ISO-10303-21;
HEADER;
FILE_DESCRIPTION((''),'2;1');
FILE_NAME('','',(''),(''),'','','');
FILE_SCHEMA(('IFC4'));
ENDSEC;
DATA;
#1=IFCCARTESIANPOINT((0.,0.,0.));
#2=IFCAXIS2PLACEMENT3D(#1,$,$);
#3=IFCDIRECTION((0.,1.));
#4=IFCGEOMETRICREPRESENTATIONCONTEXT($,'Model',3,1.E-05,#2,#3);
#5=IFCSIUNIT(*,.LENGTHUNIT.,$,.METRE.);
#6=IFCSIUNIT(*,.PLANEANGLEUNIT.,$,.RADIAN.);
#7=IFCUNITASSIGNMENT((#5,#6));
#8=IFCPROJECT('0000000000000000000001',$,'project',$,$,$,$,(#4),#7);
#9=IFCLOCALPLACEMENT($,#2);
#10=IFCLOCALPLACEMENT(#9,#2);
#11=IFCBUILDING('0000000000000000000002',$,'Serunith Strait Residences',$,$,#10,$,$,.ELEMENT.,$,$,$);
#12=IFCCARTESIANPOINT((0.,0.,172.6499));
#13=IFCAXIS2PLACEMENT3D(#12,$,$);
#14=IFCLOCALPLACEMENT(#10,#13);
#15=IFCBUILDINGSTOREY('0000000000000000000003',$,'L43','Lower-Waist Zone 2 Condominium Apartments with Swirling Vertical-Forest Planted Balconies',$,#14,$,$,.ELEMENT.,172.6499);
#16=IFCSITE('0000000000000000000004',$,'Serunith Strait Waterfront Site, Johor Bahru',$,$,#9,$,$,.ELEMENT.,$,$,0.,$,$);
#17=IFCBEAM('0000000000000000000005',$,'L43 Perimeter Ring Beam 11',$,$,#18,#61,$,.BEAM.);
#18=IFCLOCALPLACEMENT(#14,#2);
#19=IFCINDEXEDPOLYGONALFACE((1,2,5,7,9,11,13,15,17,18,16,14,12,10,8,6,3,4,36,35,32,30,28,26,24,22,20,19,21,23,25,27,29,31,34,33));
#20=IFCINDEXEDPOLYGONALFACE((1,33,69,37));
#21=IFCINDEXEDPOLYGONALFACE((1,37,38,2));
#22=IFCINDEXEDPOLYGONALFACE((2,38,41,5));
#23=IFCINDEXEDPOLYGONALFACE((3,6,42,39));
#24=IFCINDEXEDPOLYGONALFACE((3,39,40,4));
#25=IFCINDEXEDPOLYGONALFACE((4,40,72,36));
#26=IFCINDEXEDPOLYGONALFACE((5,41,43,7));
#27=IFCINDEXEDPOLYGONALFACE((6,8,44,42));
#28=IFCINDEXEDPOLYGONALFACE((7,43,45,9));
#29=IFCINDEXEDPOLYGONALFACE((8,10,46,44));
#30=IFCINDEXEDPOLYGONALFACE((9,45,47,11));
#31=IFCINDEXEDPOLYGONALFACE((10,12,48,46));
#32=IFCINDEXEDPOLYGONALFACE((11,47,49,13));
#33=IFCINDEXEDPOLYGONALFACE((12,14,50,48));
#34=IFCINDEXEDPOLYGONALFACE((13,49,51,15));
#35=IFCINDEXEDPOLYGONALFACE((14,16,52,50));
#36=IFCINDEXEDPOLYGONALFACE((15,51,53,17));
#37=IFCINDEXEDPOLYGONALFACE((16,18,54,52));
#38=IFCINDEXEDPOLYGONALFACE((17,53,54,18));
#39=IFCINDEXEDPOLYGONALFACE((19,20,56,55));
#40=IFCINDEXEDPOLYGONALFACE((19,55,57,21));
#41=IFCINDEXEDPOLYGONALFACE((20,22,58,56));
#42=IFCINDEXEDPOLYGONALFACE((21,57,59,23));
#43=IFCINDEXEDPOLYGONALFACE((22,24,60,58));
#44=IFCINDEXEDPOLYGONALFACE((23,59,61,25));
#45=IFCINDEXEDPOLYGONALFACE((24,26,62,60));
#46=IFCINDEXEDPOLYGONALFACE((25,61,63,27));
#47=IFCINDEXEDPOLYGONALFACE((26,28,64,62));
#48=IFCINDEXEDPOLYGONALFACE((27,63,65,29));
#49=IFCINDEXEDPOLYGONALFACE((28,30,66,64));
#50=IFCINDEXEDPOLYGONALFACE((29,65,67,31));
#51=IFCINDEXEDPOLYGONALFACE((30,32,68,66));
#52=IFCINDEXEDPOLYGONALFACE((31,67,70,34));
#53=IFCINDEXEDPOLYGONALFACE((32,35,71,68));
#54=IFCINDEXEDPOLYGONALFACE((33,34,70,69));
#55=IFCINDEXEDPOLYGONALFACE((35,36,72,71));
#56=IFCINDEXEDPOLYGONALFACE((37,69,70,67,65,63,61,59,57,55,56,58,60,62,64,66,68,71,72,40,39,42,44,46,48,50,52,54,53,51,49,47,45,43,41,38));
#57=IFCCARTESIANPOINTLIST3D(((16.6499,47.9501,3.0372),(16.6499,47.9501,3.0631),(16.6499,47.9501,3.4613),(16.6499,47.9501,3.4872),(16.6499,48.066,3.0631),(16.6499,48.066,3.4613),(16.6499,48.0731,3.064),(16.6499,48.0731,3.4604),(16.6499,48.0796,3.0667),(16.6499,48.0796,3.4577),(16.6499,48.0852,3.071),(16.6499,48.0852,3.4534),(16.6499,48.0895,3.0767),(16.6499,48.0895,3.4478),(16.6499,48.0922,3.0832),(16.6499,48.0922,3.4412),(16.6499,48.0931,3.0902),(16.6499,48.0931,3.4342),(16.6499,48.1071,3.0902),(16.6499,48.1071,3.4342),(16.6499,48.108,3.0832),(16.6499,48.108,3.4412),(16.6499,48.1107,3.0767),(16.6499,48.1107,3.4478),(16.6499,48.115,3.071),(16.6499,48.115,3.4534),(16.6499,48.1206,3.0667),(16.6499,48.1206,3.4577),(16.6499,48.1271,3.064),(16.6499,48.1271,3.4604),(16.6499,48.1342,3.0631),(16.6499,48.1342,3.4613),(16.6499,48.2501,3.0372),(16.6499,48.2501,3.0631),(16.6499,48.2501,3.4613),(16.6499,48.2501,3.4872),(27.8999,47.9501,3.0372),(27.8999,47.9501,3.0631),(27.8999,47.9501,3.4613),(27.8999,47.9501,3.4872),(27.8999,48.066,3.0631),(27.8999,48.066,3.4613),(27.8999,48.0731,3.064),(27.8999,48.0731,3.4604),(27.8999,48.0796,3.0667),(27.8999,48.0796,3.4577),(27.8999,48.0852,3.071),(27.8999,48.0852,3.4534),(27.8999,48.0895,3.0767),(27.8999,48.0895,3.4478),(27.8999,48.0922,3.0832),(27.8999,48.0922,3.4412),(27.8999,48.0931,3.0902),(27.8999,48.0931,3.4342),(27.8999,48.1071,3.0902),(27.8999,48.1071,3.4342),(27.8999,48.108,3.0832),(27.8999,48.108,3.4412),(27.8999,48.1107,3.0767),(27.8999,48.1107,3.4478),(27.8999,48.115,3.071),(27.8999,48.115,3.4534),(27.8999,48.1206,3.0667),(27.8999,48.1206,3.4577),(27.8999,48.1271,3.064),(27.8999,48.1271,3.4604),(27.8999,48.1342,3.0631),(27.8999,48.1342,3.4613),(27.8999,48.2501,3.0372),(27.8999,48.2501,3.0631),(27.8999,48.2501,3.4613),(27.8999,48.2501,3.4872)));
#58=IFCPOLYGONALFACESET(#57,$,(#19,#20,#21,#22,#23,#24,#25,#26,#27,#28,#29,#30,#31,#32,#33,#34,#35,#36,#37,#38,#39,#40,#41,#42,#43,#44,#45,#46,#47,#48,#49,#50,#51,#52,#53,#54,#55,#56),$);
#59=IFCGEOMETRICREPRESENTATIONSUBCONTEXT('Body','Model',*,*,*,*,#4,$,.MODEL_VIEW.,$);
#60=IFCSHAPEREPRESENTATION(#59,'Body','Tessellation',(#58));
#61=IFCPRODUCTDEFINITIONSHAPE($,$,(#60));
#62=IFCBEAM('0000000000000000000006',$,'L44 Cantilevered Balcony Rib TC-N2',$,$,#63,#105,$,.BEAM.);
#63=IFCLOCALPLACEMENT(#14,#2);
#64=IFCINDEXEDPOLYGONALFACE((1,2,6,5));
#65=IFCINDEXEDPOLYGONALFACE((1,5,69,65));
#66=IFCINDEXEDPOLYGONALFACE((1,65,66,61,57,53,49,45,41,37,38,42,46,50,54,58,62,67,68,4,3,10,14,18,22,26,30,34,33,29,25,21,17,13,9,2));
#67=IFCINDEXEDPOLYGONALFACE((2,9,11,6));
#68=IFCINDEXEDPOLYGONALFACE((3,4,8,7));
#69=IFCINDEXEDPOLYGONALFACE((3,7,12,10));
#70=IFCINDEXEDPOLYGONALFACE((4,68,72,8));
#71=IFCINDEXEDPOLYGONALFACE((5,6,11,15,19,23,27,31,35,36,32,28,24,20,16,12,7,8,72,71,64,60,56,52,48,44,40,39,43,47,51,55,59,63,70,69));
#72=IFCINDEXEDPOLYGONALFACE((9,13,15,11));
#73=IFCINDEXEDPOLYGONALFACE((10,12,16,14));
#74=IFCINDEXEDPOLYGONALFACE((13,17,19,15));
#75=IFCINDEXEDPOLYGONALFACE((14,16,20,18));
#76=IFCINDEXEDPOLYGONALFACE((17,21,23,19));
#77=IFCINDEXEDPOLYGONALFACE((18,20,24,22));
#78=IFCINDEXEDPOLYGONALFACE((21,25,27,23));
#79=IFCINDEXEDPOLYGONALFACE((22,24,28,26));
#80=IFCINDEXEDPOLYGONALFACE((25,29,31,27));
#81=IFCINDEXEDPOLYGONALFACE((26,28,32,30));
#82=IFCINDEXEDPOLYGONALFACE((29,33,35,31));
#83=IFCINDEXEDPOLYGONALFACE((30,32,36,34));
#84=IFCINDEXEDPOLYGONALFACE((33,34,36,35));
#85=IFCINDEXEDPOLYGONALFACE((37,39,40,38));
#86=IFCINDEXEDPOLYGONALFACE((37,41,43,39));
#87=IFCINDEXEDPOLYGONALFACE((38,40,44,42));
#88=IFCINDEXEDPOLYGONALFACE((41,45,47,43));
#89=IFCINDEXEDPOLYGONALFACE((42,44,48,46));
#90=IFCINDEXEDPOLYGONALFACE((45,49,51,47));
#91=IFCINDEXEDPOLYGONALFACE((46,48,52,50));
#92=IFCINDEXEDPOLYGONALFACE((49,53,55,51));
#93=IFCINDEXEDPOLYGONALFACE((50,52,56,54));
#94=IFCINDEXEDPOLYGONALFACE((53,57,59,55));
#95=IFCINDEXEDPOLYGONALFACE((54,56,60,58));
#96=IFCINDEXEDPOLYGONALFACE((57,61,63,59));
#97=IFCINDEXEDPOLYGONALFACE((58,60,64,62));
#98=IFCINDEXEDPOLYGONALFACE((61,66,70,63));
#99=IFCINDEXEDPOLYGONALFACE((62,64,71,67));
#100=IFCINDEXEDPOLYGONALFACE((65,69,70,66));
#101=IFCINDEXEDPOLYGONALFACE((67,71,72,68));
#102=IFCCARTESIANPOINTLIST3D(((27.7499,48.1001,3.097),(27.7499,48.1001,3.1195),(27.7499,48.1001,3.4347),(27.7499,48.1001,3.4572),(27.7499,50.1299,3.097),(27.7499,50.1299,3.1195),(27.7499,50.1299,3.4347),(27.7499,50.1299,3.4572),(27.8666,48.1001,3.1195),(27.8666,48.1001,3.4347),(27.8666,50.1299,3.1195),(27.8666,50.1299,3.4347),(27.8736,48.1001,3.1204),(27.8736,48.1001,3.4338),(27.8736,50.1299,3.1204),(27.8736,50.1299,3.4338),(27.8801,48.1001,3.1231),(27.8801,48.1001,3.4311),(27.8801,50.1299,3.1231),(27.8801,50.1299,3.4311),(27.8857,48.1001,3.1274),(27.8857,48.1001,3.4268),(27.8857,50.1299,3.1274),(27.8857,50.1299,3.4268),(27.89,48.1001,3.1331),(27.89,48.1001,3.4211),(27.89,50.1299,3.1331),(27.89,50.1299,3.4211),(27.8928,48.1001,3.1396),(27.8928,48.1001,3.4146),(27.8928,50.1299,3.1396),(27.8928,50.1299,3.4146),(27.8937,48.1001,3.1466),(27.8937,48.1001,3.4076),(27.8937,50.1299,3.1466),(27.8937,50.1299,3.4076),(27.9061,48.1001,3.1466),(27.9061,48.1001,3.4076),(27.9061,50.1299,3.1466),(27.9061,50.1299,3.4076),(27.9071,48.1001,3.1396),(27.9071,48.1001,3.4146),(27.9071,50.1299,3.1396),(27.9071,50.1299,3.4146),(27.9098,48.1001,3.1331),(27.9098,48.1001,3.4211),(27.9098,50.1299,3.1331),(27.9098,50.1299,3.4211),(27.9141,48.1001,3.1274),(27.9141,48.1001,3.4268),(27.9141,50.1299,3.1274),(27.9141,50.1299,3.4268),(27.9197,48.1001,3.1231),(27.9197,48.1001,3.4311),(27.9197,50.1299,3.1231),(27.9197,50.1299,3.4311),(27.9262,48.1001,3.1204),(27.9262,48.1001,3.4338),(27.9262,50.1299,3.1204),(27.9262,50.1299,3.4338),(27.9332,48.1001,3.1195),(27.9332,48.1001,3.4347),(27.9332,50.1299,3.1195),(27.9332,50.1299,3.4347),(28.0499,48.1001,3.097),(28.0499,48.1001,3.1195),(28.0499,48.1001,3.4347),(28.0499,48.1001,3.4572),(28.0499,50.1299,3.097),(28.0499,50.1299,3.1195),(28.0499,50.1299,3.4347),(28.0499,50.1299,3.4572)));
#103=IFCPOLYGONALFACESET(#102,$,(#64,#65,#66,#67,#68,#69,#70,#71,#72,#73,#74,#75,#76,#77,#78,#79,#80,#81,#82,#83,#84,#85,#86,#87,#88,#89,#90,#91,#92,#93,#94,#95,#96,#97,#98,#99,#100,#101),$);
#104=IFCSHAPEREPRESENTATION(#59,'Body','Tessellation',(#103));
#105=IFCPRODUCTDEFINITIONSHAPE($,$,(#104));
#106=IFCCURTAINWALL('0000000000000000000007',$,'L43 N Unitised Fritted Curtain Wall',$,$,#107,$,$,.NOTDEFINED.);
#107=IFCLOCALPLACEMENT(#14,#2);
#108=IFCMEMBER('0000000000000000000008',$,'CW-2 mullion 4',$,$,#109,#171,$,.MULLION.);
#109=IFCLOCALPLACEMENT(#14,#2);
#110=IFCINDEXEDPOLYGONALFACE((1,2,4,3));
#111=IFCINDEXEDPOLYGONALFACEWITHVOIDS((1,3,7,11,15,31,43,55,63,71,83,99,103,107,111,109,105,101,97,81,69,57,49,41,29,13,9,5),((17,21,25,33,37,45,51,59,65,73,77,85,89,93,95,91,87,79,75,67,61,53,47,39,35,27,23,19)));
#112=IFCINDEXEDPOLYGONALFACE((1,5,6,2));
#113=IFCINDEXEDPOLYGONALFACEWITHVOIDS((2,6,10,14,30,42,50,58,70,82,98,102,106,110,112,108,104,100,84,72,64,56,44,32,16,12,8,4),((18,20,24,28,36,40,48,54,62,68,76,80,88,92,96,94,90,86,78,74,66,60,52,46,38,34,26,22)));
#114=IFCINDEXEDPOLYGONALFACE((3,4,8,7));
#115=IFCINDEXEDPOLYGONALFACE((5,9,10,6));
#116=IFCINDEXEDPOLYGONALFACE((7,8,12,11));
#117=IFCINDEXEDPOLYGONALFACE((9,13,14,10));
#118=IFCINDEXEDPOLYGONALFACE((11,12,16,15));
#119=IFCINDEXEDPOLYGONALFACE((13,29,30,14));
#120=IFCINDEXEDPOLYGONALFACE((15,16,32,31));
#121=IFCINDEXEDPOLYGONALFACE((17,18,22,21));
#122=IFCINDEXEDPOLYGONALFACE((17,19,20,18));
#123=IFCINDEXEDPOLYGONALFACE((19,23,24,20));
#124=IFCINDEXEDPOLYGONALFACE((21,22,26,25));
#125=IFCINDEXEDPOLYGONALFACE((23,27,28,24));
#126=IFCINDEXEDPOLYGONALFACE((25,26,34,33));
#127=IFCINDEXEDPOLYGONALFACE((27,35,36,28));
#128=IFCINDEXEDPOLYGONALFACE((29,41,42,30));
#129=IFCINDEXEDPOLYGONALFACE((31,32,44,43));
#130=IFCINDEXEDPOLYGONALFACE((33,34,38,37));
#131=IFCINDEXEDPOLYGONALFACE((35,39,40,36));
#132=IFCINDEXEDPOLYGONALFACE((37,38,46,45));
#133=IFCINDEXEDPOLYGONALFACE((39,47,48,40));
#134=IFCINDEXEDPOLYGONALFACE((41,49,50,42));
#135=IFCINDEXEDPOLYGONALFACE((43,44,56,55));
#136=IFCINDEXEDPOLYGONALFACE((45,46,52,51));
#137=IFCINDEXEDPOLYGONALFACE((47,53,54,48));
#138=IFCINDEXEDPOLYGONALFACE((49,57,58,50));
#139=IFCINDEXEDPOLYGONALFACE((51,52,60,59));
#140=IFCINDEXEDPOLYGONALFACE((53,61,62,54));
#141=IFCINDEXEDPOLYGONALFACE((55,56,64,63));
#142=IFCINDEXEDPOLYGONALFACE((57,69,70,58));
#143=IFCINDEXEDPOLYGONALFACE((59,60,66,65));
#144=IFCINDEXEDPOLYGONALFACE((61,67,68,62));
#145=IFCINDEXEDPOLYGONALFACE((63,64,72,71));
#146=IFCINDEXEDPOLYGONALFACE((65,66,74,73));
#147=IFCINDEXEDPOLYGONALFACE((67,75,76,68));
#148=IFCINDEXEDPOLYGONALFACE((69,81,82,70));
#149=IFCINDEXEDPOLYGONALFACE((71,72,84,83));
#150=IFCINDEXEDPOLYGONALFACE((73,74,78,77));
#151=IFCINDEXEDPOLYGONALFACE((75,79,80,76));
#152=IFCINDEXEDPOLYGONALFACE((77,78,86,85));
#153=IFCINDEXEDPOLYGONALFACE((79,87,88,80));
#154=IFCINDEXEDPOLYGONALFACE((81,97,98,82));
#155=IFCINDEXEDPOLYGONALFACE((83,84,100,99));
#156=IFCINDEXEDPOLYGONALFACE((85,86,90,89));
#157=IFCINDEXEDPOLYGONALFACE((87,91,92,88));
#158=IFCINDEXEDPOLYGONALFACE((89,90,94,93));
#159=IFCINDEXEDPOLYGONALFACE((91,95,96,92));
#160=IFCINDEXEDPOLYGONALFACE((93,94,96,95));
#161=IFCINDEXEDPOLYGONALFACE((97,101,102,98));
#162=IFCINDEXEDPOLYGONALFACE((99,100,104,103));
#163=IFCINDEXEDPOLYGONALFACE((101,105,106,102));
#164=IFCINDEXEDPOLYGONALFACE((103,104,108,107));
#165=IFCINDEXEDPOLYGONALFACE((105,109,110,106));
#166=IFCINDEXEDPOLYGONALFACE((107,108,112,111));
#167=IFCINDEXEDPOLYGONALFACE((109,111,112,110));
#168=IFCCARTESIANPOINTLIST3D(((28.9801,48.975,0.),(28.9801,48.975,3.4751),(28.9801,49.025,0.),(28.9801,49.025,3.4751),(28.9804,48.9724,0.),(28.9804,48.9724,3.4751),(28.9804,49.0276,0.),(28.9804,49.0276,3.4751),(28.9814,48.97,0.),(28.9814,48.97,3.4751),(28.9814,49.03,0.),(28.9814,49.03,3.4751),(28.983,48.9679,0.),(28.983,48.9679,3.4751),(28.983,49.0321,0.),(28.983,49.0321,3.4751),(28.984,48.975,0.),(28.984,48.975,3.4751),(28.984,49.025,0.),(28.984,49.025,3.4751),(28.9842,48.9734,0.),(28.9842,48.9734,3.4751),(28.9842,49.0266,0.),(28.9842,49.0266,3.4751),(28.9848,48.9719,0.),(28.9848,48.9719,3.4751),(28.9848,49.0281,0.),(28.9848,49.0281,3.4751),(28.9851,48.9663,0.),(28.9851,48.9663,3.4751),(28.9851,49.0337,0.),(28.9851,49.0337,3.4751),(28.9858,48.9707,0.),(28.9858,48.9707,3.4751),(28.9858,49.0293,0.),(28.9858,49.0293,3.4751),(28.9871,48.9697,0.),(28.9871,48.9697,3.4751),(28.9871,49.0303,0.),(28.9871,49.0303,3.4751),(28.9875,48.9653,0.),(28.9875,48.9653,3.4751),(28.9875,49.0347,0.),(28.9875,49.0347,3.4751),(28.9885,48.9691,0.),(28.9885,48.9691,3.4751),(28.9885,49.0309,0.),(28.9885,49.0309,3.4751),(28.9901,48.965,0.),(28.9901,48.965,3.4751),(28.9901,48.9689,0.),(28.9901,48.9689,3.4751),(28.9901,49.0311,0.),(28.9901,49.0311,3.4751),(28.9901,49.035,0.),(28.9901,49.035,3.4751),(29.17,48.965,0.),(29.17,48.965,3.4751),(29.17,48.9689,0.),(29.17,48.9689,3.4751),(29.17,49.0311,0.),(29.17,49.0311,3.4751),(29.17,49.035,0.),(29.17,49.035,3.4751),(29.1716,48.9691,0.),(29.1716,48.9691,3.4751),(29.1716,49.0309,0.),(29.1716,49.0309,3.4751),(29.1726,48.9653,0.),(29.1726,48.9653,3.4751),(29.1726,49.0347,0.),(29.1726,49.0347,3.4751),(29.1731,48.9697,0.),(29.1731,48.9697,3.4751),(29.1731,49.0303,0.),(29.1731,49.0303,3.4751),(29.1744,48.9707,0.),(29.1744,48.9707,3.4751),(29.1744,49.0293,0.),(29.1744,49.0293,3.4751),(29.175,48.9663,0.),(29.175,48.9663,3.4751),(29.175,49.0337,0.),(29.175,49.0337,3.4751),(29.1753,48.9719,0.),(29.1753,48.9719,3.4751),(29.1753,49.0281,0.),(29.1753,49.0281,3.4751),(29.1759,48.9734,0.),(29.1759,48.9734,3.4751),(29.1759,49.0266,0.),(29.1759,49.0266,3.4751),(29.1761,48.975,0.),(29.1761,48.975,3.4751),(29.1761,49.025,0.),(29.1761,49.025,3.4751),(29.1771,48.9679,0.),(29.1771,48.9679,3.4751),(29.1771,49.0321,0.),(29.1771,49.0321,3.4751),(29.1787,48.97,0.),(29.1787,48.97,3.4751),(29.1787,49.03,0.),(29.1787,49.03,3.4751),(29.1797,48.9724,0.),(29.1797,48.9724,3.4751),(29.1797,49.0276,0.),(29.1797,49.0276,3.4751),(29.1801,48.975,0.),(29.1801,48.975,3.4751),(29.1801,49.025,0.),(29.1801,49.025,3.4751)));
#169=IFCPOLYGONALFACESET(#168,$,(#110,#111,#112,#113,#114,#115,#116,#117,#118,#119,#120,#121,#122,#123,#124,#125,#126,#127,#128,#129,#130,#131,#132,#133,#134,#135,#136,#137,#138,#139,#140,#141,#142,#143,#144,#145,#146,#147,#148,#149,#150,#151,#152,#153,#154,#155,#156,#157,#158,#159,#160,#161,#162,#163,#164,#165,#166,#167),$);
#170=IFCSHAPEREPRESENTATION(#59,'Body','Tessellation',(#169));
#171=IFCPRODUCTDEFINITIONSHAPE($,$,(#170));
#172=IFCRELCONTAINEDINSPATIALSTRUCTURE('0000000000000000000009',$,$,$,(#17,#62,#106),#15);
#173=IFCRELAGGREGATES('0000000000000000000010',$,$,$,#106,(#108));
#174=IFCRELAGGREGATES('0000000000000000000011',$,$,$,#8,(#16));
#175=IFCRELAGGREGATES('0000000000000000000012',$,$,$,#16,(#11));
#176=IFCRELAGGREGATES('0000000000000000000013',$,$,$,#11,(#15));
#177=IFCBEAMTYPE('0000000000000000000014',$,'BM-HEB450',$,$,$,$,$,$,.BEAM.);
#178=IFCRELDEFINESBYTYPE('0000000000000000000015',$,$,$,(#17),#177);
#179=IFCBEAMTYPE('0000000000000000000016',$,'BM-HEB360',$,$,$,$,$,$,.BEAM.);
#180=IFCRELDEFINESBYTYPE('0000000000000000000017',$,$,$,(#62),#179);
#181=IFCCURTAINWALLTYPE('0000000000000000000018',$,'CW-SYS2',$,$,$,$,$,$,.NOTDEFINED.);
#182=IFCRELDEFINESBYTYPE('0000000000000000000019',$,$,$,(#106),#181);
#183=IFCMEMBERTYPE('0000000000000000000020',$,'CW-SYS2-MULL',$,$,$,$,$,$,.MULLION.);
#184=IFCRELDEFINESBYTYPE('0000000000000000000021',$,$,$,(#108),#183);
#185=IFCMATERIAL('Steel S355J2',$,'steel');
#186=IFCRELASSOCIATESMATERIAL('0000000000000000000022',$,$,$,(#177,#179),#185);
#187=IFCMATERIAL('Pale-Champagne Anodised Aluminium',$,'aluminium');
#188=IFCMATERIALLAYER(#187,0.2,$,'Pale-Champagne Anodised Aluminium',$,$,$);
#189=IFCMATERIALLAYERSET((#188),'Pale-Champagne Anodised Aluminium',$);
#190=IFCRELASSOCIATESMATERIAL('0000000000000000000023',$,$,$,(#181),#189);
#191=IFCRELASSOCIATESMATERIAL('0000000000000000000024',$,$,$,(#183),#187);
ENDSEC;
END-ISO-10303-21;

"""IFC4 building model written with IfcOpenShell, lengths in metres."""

from ifc_helpers import new_model, si_unit, direction, frame, origin, origin_2d, place, context, subcontext, project, spatial, hollow_rectangle, i_section, extrude, source, transform, mapped, material, layer, layer_set, material_profile, profile_set, type_object, element, aggregate, save


model = new_model("IFC4")

# Units and contexts
model_context = context("Model", 3, precision=1e-05, world=origin(), true_north=direction((0.0, 1.0)))
body_context = subcontext(model_context, "Body", "Model", "MODEL_VIEW")
ifc_project = project(units=[si_unit("LENGTHUNIT", "METRE"), si_unit("PLANEANGLEUNIT", "RADIAN")], contexts=[model_context])

# Site, building, storey
site_placement = place(None, origin())
site = spatial("IfcSite", under=ifc_project, at=site_placement, Name="Serunith Strait Waterfront Site, Johor Bahru", CompositionType="ELEMENT", RefElevation=0.0)
building_placement = place(site_placement, origin())
building = spatial("IfcBuilding", under=site, at=building_placement, Name="Serunith Strait Residences", CompositionType="ELEMENT")
storey_placement = place(building_placement, frame((0.0, 0.0, 172.6499)))
storey = spatial("IfcBuildingStorey", under=building, at=storey_placement, Name="L43", Description="Lower-Waist Zone 2 Condominium Apartments with Swirling Vertical-Forest Planted Balconies", CompositionType="ELEMENT", Elevation=172.6499)

# Beams
ifc_material_1 = material(Name="Steel S355J2", Category="steel")
ifc_material_profile_1 = material_profile(ifc_material_1, i_section(OverallWidth=0.3, OverallDepth=0.45, WebThickness=0.0139, FlangeThickness=0.0259, FilletRadius=0.0271, at=origin_2d()), Name="HEB 450")
ifc_profile_set_1 = profile_set([ifc_material_profile_1], Name="Steel S355J2")
beam_type_1 = type_object("IfcBeamType", Name="BM-HEB450", PredefinedType="BEAM", material=ifc_profile_set_1)
shared_shape_1 = source(origin(), body_context, "Body", "SweptSolid", [
    extrude(i_section(OverallWidth=0.3, OverallDepth=0.45, WebThickness=0.0139, FlangeThickness=0.0259, FilletRadius=0.0271, at=origin_2d()), origin(), (0.0, 0.0, 1.0), 11.25),
])
beam_1_placement = place(storey_placement, frame((27.8999, 48.1001, 3.2622), z_axis=(-1.0, 0.0, 0.0), x_axis=(0.0, -1.0, 0.0)))
element("IfcBeam", 1, at=beam_1_placement, inside=storey, type_object=beam_type_1, Name="L43 Perimeter Ring Beam 11", PredefinedType="BEAM", context=body_context, shape_type="MappedRepresentation", body=[
    mapped(shared_shape_1, transform((0.0, 0.0, 0.0), scale=1.0)),
])
ifc_material_profile_2 = material_profile(ifc_material_1, i_section(OverallWidth=0.3, OverallDepth=0.3601, WebThickness=0.0125, FlangeThickness=0.0225, FilletRadius=0.0271, at=origin_2d()), Name="HEB 360")
ifc_profile_set_2 = profile_set([ifc_material_profile_2], Name="Steel S355J2")
beam_type_2 = type_object("IfcBeamType", Name="BM-HEB360", PredefinedType="BEAM", material=ifc_profile_set_2)
shared_shape_2 = source(origin(), body_context, "Body", "SweptSolid", [
    extrude(i_section(OverallWidth=0.3, OverallDepth=0.3601, WebThickness=0.0125, FlangeThickness=0.0225, FilletRadius=0.0271, at=origin_2d()), origin(), (0.0, 0.0, 1.0), 2.0298),
])
beam_2_placement = place(storey_placement, frame((27.8999, 48.1001, 3.2771), z_axis=(0.0, 1.0, 0.0), x_axis=(-1.0, 0.0, 0.0)))
element("IfcBeam", 2, at=beam_2_placement, inside=storey, type_object=beam_type_2, Name="L44 Cantilevered Balcony Rib TC-N2", PredefinedType="BEAM", context=body_context, shape_type="MappedRepresentation", body=[
    mapped(shared_shape_2, transform((0.0, 0.0, 0.0), scale=1.0)),
])

# Curtain wall, member
ifc_material_2 = material(Name="Pale-Champagne Anodised Aluminium", Category="aluminium")
ifc_layer_1 = layer(ifc_material_2, 0.2, Name="Pale-Champagne Anodised Aluminium")
ifc_layer_set_1 = layer_set([ifc_layer_1], Name="Pale-Champagne Anodised Aluminium")
curtain_wall_type = type_object("IfcCurtainWallType", Name="CW-SYS2", PredefinedType="NOTDEFINED", material=ifc_layer_set_1)
curtain_wall_placement = place(storey_placement, origin())
curtain_wall = element("IfcCurtainWall", 3, at=curtain_wall_placement, inside=storey, type_object=curtain_wall_type, Name="L43 N Unitised Fritted Curtain Wall", PredefinedType="NOTDEFINED")
ifc_material_profile_3 = material_profile(ifc_material_2, hollow_rectangle(XDim=0.0701, YDim=0.2, WallThickness=0.0039, InnerFilletRadius=0.0061, OuterFilletRadius=0.01, at=origin_2d()), Name="ALU 200x70x4")
ifc_profile_set_3 = profile_set([ifc_material_profile_3], Name="Pale-Champagne Anodised Aluminium")
member_type_1 = type_object("IfcMemberType", Name="CW-SYS2-MULL", PredefinedType="MULLION", material=ifc_profile_set_3)
shared_shape_3 = source(origin(), body_context, "Body", "SweptSolid", [
    extrude(hollow_rectangle(XDim=0.0701, YDim=0.2, WallThickness=0.0039, InnerFilletRadius=0.0061, OuterFilletRadius=0.01, at=origin_2d()), origin(), (0.0, 0.0, 1.0), 3.4751),
])
member_1_placement = place(storey_placement, frame((29.0801, 49.0, 0.0), z_axis=(0.0, 0.0, 1.0), x_axis=(0.0, -1.0, 0.0)))
member_1 = element("IfcMember", 4, at=member_1_placement, type_object=member_type_1, Name="CW-2 mullion 4", PredefinedType="MULLION", context=body_context, shape_type="MappedRepresentation", body=[
    mapped(shared_shape_3, transform((0.0, 0.0, 0.0), scale=1.0)),
])
aggregate(curtain_wall, [member_1])

save(model, "model.ifc")
